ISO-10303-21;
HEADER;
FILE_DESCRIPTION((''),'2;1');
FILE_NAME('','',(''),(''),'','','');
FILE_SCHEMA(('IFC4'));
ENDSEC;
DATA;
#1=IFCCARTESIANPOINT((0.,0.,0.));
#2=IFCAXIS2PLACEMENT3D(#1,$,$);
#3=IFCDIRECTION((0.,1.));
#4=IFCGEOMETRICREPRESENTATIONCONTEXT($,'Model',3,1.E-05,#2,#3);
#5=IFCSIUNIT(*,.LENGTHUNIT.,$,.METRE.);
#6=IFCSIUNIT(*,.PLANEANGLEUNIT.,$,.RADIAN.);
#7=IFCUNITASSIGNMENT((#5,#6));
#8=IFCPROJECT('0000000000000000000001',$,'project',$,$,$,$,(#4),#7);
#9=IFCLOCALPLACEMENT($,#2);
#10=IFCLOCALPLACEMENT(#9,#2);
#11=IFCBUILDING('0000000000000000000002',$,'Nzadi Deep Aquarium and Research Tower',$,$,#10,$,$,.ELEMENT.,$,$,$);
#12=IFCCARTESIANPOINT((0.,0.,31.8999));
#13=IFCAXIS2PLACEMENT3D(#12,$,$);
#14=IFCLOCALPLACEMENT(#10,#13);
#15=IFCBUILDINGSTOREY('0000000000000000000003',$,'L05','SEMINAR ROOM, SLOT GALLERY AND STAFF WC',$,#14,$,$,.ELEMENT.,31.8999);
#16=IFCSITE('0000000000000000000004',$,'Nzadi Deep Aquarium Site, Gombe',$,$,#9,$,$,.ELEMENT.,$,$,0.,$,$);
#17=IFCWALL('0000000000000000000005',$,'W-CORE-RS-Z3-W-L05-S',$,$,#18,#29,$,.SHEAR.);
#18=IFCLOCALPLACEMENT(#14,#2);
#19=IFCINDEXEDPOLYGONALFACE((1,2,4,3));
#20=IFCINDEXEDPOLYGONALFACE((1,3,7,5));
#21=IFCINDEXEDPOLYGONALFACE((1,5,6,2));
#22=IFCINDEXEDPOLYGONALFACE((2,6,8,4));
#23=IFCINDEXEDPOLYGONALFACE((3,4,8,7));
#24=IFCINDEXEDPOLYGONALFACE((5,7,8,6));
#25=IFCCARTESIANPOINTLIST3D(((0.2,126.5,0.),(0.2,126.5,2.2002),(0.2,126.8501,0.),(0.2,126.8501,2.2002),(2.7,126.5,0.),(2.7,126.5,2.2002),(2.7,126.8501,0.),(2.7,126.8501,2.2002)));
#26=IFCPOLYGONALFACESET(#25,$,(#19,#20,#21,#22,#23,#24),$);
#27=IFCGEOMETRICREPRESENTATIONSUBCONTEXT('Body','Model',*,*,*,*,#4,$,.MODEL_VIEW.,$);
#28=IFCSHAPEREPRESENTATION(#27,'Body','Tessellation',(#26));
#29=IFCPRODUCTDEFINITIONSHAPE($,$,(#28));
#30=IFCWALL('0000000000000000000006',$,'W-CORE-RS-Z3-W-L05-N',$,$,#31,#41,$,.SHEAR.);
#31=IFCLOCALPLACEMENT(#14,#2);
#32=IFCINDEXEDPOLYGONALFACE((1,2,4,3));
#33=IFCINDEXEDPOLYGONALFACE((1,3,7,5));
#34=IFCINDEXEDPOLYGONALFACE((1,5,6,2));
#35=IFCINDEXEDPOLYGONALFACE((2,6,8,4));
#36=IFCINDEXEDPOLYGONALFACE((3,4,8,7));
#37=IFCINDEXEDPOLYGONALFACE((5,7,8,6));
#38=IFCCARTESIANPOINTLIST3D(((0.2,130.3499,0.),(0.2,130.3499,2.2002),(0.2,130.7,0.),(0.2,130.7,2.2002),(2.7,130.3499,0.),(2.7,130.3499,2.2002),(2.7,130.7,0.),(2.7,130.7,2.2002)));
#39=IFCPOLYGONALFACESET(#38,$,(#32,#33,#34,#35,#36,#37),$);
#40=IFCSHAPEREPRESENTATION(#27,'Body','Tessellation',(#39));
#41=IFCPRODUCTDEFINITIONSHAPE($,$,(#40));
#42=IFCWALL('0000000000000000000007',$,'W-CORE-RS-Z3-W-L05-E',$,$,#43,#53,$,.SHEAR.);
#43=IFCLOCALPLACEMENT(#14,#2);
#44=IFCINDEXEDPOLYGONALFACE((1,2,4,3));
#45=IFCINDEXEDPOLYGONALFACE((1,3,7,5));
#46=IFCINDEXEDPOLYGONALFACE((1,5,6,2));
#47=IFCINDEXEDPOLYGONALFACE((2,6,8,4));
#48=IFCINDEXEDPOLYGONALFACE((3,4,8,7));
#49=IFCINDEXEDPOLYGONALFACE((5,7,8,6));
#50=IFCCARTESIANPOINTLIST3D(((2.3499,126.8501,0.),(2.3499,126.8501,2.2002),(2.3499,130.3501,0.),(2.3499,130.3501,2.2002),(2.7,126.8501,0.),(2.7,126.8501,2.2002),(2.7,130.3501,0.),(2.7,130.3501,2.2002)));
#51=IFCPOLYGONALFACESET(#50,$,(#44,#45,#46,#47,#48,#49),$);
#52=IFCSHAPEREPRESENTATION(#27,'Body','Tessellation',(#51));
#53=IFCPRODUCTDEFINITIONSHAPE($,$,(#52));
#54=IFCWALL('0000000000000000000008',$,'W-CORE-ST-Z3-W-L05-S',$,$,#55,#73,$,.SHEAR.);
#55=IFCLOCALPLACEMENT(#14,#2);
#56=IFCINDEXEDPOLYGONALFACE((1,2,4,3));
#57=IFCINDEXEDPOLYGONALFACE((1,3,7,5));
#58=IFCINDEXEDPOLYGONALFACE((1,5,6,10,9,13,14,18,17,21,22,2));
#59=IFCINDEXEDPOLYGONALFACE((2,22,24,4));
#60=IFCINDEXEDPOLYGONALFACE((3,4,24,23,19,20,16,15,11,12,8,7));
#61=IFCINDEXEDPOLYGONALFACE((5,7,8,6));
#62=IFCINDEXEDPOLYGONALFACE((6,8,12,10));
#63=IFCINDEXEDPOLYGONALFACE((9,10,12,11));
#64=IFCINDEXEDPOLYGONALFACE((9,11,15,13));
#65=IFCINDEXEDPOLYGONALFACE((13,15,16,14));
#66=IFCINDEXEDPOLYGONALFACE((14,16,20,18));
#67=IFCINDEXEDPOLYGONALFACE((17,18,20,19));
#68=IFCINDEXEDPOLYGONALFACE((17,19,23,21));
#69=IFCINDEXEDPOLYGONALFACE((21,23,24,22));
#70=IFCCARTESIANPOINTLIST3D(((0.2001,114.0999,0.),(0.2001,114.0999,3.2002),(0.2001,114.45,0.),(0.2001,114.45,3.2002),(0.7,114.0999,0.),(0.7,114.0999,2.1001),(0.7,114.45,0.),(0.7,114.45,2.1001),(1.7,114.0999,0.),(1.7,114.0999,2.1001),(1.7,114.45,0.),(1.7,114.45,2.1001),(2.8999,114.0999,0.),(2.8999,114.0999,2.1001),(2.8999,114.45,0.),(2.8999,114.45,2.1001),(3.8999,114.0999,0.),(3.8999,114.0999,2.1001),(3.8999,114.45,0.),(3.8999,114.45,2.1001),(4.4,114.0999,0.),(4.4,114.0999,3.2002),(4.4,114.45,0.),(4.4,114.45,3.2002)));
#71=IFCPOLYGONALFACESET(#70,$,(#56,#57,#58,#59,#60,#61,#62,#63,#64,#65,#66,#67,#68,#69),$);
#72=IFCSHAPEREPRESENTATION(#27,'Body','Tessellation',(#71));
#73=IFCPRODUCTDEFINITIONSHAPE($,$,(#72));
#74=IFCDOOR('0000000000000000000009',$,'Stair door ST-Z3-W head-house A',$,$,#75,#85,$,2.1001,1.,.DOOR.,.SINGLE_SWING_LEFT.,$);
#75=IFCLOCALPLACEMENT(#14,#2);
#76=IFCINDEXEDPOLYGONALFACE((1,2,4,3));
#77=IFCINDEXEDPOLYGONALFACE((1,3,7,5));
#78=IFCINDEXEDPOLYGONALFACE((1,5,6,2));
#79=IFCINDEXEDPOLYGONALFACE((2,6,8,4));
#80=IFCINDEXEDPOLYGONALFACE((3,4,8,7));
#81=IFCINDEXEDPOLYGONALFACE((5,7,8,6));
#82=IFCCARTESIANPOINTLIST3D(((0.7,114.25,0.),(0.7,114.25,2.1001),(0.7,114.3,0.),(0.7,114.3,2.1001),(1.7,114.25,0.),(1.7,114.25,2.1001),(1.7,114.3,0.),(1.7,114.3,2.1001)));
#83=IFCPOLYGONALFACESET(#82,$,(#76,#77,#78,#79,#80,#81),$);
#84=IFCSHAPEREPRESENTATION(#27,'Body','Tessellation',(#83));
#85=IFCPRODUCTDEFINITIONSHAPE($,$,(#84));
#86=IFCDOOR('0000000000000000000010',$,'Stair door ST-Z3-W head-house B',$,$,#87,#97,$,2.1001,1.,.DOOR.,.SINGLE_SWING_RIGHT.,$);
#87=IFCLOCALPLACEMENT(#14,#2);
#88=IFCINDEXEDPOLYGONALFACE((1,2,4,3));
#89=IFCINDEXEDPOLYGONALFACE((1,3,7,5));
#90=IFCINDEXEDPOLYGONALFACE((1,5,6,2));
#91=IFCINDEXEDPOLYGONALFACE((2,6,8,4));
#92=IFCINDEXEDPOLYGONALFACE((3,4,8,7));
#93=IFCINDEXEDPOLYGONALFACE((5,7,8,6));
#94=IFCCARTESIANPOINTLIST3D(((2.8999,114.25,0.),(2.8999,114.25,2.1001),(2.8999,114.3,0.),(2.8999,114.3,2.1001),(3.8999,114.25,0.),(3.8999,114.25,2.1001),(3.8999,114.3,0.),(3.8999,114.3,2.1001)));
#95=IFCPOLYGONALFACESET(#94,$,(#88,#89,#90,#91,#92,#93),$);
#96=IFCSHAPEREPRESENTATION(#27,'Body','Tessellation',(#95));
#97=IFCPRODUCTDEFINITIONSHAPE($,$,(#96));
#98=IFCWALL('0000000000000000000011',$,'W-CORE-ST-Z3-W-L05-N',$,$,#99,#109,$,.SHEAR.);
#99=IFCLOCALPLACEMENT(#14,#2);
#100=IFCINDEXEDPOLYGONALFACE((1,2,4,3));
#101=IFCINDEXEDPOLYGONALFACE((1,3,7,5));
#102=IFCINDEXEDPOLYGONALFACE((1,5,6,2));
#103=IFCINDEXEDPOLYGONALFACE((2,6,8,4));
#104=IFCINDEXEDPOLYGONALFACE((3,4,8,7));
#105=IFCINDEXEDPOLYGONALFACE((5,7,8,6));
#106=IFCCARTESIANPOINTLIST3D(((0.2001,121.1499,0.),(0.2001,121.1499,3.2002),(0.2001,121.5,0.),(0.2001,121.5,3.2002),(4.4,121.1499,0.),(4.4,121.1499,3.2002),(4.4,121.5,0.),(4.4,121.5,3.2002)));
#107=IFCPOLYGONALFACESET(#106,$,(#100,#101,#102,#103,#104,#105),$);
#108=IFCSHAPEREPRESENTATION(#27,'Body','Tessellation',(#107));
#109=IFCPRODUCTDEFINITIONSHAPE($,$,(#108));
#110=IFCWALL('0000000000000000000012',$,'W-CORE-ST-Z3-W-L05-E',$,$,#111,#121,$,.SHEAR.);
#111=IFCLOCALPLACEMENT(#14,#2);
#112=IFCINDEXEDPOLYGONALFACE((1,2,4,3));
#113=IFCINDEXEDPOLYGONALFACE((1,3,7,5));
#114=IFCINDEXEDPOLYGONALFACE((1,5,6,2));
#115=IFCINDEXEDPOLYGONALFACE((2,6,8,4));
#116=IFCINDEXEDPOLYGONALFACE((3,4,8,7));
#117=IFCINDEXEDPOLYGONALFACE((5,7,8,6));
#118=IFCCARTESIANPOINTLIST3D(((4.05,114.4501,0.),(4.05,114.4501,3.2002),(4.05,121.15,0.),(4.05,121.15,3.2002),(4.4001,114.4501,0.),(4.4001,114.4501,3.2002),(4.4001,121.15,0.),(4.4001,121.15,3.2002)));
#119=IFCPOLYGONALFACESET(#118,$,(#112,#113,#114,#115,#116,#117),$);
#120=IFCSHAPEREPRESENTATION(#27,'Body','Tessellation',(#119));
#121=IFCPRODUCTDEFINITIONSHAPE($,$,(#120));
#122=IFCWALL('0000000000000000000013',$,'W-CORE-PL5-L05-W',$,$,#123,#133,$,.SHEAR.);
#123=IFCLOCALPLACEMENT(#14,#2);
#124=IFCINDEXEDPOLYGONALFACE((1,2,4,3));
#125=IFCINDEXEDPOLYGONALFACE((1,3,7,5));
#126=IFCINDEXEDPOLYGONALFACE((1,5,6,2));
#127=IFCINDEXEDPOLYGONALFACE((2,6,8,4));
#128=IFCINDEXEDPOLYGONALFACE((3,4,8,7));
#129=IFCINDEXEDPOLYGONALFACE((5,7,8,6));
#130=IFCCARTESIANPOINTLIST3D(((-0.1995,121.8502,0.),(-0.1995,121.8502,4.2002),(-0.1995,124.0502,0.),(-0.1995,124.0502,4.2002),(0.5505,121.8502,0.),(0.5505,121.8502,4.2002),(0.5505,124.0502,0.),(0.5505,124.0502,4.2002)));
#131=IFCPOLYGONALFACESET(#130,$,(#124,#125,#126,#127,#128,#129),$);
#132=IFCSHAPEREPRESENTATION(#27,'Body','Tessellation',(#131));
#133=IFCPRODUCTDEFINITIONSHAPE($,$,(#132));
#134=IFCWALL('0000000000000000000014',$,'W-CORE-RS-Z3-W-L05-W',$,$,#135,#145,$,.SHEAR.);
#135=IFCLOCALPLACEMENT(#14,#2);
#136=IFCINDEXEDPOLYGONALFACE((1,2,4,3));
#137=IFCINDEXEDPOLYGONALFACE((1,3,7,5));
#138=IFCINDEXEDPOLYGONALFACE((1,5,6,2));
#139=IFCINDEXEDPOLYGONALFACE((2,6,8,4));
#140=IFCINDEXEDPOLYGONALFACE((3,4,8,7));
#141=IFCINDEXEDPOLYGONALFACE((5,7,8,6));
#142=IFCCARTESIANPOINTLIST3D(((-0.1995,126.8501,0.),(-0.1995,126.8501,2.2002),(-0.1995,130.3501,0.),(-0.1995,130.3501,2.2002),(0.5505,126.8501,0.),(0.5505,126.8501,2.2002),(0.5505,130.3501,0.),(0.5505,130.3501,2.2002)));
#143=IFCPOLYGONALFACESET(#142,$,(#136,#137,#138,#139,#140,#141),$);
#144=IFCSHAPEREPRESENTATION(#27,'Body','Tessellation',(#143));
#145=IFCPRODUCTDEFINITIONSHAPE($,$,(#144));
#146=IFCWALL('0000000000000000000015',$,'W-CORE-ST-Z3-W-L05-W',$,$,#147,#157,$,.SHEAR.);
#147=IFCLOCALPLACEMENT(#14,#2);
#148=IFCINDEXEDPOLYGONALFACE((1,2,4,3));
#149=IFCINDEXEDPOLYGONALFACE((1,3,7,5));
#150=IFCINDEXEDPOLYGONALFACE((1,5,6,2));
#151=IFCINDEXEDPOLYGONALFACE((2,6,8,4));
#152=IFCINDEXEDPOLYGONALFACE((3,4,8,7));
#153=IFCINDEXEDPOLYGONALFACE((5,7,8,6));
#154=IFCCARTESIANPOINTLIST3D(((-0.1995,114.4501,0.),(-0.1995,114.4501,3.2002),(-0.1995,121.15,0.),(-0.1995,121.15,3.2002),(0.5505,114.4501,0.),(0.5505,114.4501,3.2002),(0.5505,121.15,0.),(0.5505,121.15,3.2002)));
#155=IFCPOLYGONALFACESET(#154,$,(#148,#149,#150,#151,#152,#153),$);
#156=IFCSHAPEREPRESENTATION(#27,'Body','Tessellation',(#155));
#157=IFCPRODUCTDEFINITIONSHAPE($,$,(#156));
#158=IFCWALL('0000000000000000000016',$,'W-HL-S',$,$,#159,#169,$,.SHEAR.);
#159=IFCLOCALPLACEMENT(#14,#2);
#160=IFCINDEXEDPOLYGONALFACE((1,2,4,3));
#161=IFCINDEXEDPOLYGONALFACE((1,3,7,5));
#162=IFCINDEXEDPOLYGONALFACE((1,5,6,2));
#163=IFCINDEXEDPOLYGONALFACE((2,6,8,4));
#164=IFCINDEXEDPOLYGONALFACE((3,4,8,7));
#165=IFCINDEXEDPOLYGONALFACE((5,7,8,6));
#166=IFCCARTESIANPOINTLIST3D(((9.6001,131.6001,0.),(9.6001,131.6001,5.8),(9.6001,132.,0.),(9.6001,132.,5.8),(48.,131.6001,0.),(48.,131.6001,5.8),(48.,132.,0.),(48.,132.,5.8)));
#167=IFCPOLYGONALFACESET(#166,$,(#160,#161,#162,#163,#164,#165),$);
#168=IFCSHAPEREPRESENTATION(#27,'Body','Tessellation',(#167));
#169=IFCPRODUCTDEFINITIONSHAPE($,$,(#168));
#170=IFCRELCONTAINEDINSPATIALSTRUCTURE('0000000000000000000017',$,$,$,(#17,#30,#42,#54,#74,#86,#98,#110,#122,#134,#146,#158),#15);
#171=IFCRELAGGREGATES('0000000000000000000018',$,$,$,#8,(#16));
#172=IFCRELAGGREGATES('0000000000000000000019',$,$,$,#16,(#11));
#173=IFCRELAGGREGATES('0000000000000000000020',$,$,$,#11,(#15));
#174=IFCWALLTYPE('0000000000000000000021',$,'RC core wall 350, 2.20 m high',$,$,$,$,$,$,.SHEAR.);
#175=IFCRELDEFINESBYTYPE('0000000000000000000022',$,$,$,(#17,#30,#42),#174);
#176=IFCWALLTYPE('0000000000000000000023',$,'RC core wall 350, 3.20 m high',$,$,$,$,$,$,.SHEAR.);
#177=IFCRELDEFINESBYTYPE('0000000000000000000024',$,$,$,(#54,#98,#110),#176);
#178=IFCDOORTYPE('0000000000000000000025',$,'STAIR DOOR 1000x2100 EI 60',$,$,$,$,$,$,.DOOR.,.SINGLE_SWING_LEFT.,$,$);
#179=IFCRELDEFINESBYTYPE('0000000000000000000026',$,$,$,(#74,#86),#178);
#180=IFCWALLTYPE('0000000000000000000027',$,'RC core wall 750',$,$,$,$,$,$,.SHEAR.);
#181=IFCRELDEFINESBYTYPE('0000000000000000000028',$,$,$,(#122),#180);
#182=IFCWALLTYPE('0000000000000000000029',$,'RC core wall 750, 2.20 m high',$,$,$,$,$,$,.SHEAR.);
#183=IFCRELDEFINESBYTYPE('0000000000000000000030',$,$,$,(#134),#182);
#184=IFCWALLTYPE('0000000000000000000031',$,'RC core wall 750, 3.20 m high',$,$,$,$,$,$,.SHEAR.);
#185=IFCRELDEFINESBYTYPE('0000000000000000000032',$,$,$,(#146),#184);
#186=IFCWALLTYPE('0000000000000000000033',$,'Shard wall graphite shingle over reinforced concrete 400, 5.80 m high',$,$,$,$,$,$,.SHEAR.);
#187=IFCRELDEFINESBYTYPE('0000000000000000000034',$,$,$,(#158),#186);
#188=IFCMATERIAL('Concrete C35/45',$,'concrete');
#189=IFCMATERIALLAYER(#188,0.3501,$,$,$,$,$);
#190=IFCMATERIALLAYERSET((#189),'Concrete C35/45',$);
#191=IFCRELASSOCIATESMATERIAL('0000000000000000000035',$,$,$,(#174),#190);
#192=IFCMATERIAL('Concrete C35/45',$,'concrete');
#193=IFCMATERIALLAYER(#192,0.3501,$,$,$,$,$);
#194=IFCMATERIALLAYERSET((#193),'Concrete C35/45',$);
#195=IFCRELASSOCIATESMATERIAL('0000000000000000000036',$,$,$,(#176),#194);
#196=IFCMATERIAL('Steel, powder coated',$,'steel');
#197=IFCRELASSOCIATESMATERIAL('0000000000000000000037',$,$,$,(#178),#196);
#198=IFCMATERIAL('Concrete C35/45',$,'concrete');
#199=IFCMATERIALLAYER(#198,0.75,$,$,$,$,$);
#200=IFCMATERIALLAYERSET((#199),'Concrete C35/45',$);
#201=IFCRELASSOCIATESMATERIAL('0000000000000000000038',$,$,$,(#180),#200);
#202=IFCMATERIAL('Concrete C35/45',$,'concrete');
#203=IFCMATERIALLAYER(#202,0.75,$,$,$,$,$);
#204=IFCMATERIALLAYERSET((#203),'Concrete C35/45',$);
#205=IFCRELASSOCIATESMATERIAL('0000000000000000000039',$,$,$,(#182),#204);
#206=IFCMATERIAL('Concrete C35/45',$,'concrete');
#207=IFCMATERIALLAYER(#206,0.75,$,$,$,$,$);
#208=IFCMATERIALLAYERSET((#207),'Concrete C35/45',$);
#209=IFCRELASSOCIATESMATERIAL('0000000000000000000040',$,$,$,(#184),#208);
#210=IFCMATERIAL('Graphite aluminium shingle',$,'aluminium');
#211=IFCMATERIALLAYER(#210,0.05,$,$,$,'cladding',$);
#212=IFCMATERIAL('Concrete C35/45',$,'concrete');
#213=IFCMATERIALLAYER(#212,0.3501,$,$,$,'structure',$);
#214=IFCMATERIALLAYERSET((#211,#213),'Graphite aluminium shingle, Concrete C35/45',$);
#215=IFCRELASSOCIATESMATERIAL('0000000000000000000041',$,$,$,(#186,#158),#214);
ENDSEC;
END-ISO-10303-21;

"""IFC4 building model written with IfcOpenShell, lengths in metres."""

from ifc_helpers import new_model, si_unit, direction, frame, frame_2d, origin, place, context, subcontext, project, spatial, rectangle, extrude, material, layer, layer_set, layer_usage, type_object, element, fill, save


model = new_model("IFC4")

# Units and contexts
model_context = context("Model", 3, precision=1e-05, world=origin(), true_north=direction((0.0, 1.0)))
body_context = subcontext(model_context, "Body", "Model", "MODEL_VIEW")
ifc_project = project(units=[si_unit("LENGTHUNIT", "METRE"), si_unit("PLANEANGLEUNIT", "RADIAN")], contexts=[model_context])

# Site, building, storey
site_placement = place(None, origin())
site = spatial("IfcSite", under=ifc_project, at=site_placement, Name="Nzadi Deep Aquarium Site, Gombe", CompositionType="ELEMENT", RefElevation=0.0)
building_placement = place(site_placement, origin())
building = spatial("IfcBuilding", under=site, at=building_placement, Name="Nzadi Deep Aquarium and Research Tower", CompositionType="ELEMENT")
storey_placement = place(building_placement, frame((0.0, 0.0, 31.8999)))
storey = spatial("IfcBuildingStorey", under=building, at=storey_placement, Name="L05", Description="SEMINAR ROOM, SLOT GALLERY AND STAFF WC", CompositionType="ELEMENT", Elevation=31.8999)

# Shared definitions
ifc_material_1 = material(Name="Graphite aluminium shingle", Category="aluminium")
ifc_material_2 = material(Name="Concrete C35/45", Category="concrete")

# Walls
ifc_material_3 = material(Name="Concrete C35/45", Category="concrete")
ifc_layer_1 = layer(ifc_material_3, 0.3501)
ifc_layer_set_1 = layer_set([ifc_layer_1], Name="Concrete C35/45")
wall_type_1 = type_object("IfcWallType", Name="RC core wall 350, 2.20 m high", PredefinedType="SHEAR", material=ifc_layer_set_1)
for number, where, z_axis, x_axis, name in (
    (1, (0.2, 126.675, 0.0), (0.0, 0.0, 1.0), (1.0, 0.0, 0.0), "W-CORE-RS-Z3-W-L05-S"),
    (2, (0.2, 130.5249, 0.0), (0.0, 0.0, 1.0), (1.0, 0.0, 0.0), "W-CORE-RS-Z3-W-L05-N"),
):
    element("IfcWall", number, at=place(storey_placement, frame(where, z_axis=z_axis, x_axis=x_axis)), inside=storey, type_object=wall_type_1, Name=name, PredefinedType="SHEAR", context=body_context, shape_type="SweptSolid", body=[
        extrude(rectangle(XDim=2.5, YDim=0.3501, at=frame_2d((1.25, 0.0))), origin(), (0.0, 0.0, 1.0), 2.2002),
    ])
wall_1_placement = place(storey_placement, frame((2.5249, 126.8501, 0.0), z_axis=(0.0, 0.0, 1.0), x_axis=(0.0, 1.0, 0.0)))
element("IfcWall", 3, at=wall_1_placement, inside=storey, type_object=wall_type_1, Name="W-CORE-RS-Z3-W-L05-E", PredefinedType="SHEAR", context=body_context, shape_type="SweptSolid", body=[
    extrude(rectangle(XDim=3.5, YDim=0.3501, at=frame_2d((1.75, 0.0))), origin(), (0.0, 0.0, 1.0), 2.2002),
])

# Wall, openings, doors
ifc_material_4 = material(Name="Concrete C35/45", Category="concrete")
ifc_layer_2 = layer(ifc_material_4, 0.3501)
ifc_layer_set_2 = layer_set([ifc_layer_2], Name="Concrete C35/45")
wall_type_2 = type_object("IfcWallType", Name="RC core wall 350, 3.20 m high", PredefinedType="SHEAR", material=ifc_layer_set_2)
wall_2_placement = place(storey_placement, frame((0.2, 114.2749, 0.0), z_axis=(0.0, 0.0, 1.0), x_axis=(1.0, 0.0, 0.0)))
wall_2 = element("IfcWall", 4, at=wall_2_placement, inside=storey, type_object=wall_type_2, Name="W-CORE-ST-Z3-W-L05-S", PredefinedType="SHEAR", context=body_context, shape_type="SweptSolid", body=[
    extrude(rectangle(XDim=4.2, YDim=0.3501, at=frame_2d((2.1001, 0.0))), origin(), (0.0, 0.0, 1.0), 3.2002),
])
opening_1_placement = place(wall_2_placement, frame((0.5, 0.0, 0.0)))
opening_1 = element("IfcOpeningElement", 5, at=opening_1_placement, cuts=wall_2, PredefinedType="OPENING", context=body_context, shape_type="SweptSolid", body=[
    extrude(rectangle(XDim=1.0, YDim=2.1001, at=frame_2d((0.5, 1.05))), frame((0.0, 0.1851, 0.0), z_axis=(0.0, -1.0, 0.0), x_axis=(1.0, 0.0, 0.0)), (0.0, 0.0, 1.0), 0.3701),
])
opening_2_placement = place(wall_2_placement, frame((2.7, 0.0, 0.0)))
opening_2 = element("IfcOpeningElement", 6, at=opening_2_placement, cuts=wall_2, PredefinedType="OPENING", context=body_context, shape_type="SweptSolid", body=[
    extrude(rectangle(XDim=1.0, YDim=2.1001, at=frame_2d((0.5, 1.05))), frame((0.0, 0.1851, 0.0), z_axis=(0.0, -1.0, 0.0), x_axis=(1.0, 0.0, 0.0)), (0.0, 0.0, 1.0), 0.3701),
])
ifc_material_5 = material(Name="Steel, powder coated", Category="steel")
door_type_1 = type_object("IfcDoorType", Name="STAIR DOOR 1000x2100 EI 60", OperationType="SINGLE_SWING_LEFT", PredefinedType="DOOR", material=ifc_material_5)
door_1_placement = place(opening_1_placement, frame((1.0, 0.0, 0.0), z_axis=(0.0, 0.0, 1.0), x_axis=(-1.0, 0.0, 0.0)))
door_1 = element("IfcDoor", 7, at=door_1_placement, inside=storey, type_object=door_type_1, Name="Stair door ST-Z3-W head-house A", OperationType="SINGLE_SWING_LEFT", OverallHeight=2.1001, OverallWidth=1.0, PredefinedType="DOOR", context=body_context, shape_type="SweptSolid", body=[
    extrude(rectangle(XDim=1.0, YDim=2.1001, at=frame_2d((0.5, 1.05))), frame((0.0, 0.0249, 0.0), z_axis=(0.0, -1.0, 0.0), x_axis=(1.0, 0.0, 0.0)), (0.0, 0.0, 1.0), 0.05),
])
fill(opening_1, door_1)
door_2_placement = place(opening_2_placement, frame((1.0, 0.0, 0.0), z_axis=(0.0, 0.0, 1.0), x_axis=(-1.0, 0.0, 0.0)))
door_2 = element("IfcDoor", 8, at=door_2_placement, inside=storey, type_object=door_type_1, Name="Stair door ST-Z3-W head-house B", OperationType="SINGLE_SWING_RIGHT", OverallHeight=2.1001, OverallWidth=1.0, PredefinedType="DOOR", context=body_context, shape_type="SweptSolid", body=[
    extrude(rectangle(XDim=1.0, YDim=2.1001, at=frame_2d((0.5, 1.05))), frame((0.0, 0.0249, 0.0), z_axis=(0.0, -1.0, 0.0), x_axis=(1.0, 0.0, 0.0)), (0.0, 0.0, 1.0), 0.05),
])
fill(opening_2, door_2)

# Walls
wall_3_placement = place(storey_placement, frame((0.2, 121.325, 0.0), z_axis=(0.0, 0.0, 1.0), x_axis=(1.0, 0.0, 0.0)))
element("IfcWall", 9, at=wall_3_placement, inside=storey, type_object=wall_type_2, Name="W-CORE-ST-Z3-W-L05-N", PredefinedType="SHEAR", context=body_context, shape_type="SweptSolid", body=[
    extrude(rectangle(XDim=4.2, YDim=0.3501, at=frame_2d((2.1001, 0.0))), origin(), (0.0, 0.0, 1.0), 3.2002),
])
wall_4_placement = place(storey_placement, frame((4.2251, 114.45, 0.0), z_axis=(0.0, 0.0, 1.0), x_axis=(0.0, 1.0, 0.0)))
element("IfcWall", 10, at=wall_4_placement, inside=storey, type_object=wall_type_2, Name="W-CORE-ST-Z3-W-L05-E", PredefinedType="SHEAR", context=body_context, shape_type="SweptSolid", body=[
    extrude(rectangle(XDim=6.7, YDim=0.3501, at=frame_2d((3.3501, 0.0))), origin(), (0.0, 0.0, 1.0), 3.2002),
])
ifc_material_6 = material(Name="Concrete C35/45", Category="concrete")
ifc_layer_3 = layer(ifc_material_6, 0.75)
ifc_layer_set_3 = layer_set([ifc_layer_3], Name="Concrete C35/45")
wall_type_3 = type_object("IfcWallType", Name="RC core wall 750", PredefinedType="SHEAR", material=ifc_layer_set_3)
wall_5_placement = place(storey_placement, frame((0.1755, 121.8501, 0.0), z_axis=(0.0, 0.0, 1.0), x_axis=(0.0, 1.0, 0.0)))
element("IfcWall", 11, at=wall_5_placement, inside=storey, type_object=wall_type_3, Name="W-CORE-PL5-L05-W", PredefinedType="SHEAR", context=body_context, shape_type="SweptSolid", body=[
    extrude(rectangle(XDim=2.2, YDim=0.75, at=frame_2d((1.1001, 0.0))), origin(), (0.0, 0.0, 1.0), 4.2002),
])
ifc_material_7 = material(Name="Concrete C35/45", Category="concrete")
ifc_layer_4 = layer(ifc_material_7, 0.75)
ifc_layer_set_4 = layer_set([ifc_layer_4], Name="Concrete C35/45")
wall_type_4 = type_object("IfcWallType", Name="RC core wall 750, 2.20 m high", PredefinedType="SHEAR", material=ifc_layer_set_4)
wall_6_placement = place(storey_placement, frame((0.1755, 126.8501, 0.0), z_axis=(0.0, 0.0, 1.0), x_axis=(0.0, 1.0, 0.0)))
element("IfcWall", 12, at=wall_6_placement, inside=storey, type_object=wall_type_4, Name="W-CORE-RS-Z3-W-L05-W", PredefinedType="SHEAR", context=body_context, shape_type="SweptSolid", body=[
    extrude(rectangle(XDim=3.5, YDim=0.75, at=frame_2d((1.75, 0.0))), origin(), (0.0, 0.0, 1.0), 2.2002),
])
ifc_material_8 = material(Name="Concrete C35/45", Category="concrete")
ifc_layer_5 = layer(ifc_material_8, 0.75)
ifc_layer_set_5 = layer_set([ifc_layer_5], Name="Concrete C35/45")
wall_type_5 = type_object("IfcWallType", Name="RC core wall 750, 3.20 m high", PredefinedType="SHEAR", material=ifc_layer_set_5)
wall_7_placement = place(storey_placement, frame((0.1755, 114.45, 0.0), z_axis=(0.0, 0.0, 1.0), x_axis=(0.0, 1.0, 0.0)))
element("IfcWall", 13, at=wall_7_placement, inside=storey, type_object=wall_type_5, Name="W-CORE-ST-Z3-W-L05-W", PredefinedType="SHEAR", context=body_context, shape_type="SweptSolid", body=[
    extrude(rectangle(XDim=6.7, YDim=0.75, at=frame_2d((3.3501, 0.0))), origin(), (0.0, 0.0, 1.0), 3.2002),
])
ifc_layer_6 = layer(ifc_material_1, 0.05, Category="cladding")
ifc_layer_7 = layer(ifc_material_2, 0.3501, Category="structure")
ifc_layer_set_6 = layer_set([ifc_layer_6, ifc_layer_7], Name="Graphite aluminium shingle, Concrete C35/45")
ifc_layer_usage_1 = layer_usage(ifc_layer_set_6, "AXIS2", "POSITIVE", -0.2)
wall_type_6 = type_object("IfcWallType", Name="Shard wall graphite shingle over reinforced concrete 400, 5.80 m high", PredefinedType="SHEAR", material=ifc_layer_set_6)
wall_8_placement = place(storey_placement, frame((9.6001, 131.8, 0.0), z_axis=(0.0, 0.0, 1.0), x_axis=(1.0, 0.0, 0.0)))
element("IfcWall", 14, at=wall_8_placement, inside=storey, type_object=wall_type_6, material=ifc_layer_usage_1, Name="W-HL-S", PredefinedType="SHEAR", context=body_context, shape_type="SweptSolid", body=[
    extrude(rectangle(XDim=38.3999, YDim=0.3999, at=frame_2d((19.2, 0.0))), origin(), (0.0, 0.0, 1.0), 5.8),
])

save(model, "model.ifc")
